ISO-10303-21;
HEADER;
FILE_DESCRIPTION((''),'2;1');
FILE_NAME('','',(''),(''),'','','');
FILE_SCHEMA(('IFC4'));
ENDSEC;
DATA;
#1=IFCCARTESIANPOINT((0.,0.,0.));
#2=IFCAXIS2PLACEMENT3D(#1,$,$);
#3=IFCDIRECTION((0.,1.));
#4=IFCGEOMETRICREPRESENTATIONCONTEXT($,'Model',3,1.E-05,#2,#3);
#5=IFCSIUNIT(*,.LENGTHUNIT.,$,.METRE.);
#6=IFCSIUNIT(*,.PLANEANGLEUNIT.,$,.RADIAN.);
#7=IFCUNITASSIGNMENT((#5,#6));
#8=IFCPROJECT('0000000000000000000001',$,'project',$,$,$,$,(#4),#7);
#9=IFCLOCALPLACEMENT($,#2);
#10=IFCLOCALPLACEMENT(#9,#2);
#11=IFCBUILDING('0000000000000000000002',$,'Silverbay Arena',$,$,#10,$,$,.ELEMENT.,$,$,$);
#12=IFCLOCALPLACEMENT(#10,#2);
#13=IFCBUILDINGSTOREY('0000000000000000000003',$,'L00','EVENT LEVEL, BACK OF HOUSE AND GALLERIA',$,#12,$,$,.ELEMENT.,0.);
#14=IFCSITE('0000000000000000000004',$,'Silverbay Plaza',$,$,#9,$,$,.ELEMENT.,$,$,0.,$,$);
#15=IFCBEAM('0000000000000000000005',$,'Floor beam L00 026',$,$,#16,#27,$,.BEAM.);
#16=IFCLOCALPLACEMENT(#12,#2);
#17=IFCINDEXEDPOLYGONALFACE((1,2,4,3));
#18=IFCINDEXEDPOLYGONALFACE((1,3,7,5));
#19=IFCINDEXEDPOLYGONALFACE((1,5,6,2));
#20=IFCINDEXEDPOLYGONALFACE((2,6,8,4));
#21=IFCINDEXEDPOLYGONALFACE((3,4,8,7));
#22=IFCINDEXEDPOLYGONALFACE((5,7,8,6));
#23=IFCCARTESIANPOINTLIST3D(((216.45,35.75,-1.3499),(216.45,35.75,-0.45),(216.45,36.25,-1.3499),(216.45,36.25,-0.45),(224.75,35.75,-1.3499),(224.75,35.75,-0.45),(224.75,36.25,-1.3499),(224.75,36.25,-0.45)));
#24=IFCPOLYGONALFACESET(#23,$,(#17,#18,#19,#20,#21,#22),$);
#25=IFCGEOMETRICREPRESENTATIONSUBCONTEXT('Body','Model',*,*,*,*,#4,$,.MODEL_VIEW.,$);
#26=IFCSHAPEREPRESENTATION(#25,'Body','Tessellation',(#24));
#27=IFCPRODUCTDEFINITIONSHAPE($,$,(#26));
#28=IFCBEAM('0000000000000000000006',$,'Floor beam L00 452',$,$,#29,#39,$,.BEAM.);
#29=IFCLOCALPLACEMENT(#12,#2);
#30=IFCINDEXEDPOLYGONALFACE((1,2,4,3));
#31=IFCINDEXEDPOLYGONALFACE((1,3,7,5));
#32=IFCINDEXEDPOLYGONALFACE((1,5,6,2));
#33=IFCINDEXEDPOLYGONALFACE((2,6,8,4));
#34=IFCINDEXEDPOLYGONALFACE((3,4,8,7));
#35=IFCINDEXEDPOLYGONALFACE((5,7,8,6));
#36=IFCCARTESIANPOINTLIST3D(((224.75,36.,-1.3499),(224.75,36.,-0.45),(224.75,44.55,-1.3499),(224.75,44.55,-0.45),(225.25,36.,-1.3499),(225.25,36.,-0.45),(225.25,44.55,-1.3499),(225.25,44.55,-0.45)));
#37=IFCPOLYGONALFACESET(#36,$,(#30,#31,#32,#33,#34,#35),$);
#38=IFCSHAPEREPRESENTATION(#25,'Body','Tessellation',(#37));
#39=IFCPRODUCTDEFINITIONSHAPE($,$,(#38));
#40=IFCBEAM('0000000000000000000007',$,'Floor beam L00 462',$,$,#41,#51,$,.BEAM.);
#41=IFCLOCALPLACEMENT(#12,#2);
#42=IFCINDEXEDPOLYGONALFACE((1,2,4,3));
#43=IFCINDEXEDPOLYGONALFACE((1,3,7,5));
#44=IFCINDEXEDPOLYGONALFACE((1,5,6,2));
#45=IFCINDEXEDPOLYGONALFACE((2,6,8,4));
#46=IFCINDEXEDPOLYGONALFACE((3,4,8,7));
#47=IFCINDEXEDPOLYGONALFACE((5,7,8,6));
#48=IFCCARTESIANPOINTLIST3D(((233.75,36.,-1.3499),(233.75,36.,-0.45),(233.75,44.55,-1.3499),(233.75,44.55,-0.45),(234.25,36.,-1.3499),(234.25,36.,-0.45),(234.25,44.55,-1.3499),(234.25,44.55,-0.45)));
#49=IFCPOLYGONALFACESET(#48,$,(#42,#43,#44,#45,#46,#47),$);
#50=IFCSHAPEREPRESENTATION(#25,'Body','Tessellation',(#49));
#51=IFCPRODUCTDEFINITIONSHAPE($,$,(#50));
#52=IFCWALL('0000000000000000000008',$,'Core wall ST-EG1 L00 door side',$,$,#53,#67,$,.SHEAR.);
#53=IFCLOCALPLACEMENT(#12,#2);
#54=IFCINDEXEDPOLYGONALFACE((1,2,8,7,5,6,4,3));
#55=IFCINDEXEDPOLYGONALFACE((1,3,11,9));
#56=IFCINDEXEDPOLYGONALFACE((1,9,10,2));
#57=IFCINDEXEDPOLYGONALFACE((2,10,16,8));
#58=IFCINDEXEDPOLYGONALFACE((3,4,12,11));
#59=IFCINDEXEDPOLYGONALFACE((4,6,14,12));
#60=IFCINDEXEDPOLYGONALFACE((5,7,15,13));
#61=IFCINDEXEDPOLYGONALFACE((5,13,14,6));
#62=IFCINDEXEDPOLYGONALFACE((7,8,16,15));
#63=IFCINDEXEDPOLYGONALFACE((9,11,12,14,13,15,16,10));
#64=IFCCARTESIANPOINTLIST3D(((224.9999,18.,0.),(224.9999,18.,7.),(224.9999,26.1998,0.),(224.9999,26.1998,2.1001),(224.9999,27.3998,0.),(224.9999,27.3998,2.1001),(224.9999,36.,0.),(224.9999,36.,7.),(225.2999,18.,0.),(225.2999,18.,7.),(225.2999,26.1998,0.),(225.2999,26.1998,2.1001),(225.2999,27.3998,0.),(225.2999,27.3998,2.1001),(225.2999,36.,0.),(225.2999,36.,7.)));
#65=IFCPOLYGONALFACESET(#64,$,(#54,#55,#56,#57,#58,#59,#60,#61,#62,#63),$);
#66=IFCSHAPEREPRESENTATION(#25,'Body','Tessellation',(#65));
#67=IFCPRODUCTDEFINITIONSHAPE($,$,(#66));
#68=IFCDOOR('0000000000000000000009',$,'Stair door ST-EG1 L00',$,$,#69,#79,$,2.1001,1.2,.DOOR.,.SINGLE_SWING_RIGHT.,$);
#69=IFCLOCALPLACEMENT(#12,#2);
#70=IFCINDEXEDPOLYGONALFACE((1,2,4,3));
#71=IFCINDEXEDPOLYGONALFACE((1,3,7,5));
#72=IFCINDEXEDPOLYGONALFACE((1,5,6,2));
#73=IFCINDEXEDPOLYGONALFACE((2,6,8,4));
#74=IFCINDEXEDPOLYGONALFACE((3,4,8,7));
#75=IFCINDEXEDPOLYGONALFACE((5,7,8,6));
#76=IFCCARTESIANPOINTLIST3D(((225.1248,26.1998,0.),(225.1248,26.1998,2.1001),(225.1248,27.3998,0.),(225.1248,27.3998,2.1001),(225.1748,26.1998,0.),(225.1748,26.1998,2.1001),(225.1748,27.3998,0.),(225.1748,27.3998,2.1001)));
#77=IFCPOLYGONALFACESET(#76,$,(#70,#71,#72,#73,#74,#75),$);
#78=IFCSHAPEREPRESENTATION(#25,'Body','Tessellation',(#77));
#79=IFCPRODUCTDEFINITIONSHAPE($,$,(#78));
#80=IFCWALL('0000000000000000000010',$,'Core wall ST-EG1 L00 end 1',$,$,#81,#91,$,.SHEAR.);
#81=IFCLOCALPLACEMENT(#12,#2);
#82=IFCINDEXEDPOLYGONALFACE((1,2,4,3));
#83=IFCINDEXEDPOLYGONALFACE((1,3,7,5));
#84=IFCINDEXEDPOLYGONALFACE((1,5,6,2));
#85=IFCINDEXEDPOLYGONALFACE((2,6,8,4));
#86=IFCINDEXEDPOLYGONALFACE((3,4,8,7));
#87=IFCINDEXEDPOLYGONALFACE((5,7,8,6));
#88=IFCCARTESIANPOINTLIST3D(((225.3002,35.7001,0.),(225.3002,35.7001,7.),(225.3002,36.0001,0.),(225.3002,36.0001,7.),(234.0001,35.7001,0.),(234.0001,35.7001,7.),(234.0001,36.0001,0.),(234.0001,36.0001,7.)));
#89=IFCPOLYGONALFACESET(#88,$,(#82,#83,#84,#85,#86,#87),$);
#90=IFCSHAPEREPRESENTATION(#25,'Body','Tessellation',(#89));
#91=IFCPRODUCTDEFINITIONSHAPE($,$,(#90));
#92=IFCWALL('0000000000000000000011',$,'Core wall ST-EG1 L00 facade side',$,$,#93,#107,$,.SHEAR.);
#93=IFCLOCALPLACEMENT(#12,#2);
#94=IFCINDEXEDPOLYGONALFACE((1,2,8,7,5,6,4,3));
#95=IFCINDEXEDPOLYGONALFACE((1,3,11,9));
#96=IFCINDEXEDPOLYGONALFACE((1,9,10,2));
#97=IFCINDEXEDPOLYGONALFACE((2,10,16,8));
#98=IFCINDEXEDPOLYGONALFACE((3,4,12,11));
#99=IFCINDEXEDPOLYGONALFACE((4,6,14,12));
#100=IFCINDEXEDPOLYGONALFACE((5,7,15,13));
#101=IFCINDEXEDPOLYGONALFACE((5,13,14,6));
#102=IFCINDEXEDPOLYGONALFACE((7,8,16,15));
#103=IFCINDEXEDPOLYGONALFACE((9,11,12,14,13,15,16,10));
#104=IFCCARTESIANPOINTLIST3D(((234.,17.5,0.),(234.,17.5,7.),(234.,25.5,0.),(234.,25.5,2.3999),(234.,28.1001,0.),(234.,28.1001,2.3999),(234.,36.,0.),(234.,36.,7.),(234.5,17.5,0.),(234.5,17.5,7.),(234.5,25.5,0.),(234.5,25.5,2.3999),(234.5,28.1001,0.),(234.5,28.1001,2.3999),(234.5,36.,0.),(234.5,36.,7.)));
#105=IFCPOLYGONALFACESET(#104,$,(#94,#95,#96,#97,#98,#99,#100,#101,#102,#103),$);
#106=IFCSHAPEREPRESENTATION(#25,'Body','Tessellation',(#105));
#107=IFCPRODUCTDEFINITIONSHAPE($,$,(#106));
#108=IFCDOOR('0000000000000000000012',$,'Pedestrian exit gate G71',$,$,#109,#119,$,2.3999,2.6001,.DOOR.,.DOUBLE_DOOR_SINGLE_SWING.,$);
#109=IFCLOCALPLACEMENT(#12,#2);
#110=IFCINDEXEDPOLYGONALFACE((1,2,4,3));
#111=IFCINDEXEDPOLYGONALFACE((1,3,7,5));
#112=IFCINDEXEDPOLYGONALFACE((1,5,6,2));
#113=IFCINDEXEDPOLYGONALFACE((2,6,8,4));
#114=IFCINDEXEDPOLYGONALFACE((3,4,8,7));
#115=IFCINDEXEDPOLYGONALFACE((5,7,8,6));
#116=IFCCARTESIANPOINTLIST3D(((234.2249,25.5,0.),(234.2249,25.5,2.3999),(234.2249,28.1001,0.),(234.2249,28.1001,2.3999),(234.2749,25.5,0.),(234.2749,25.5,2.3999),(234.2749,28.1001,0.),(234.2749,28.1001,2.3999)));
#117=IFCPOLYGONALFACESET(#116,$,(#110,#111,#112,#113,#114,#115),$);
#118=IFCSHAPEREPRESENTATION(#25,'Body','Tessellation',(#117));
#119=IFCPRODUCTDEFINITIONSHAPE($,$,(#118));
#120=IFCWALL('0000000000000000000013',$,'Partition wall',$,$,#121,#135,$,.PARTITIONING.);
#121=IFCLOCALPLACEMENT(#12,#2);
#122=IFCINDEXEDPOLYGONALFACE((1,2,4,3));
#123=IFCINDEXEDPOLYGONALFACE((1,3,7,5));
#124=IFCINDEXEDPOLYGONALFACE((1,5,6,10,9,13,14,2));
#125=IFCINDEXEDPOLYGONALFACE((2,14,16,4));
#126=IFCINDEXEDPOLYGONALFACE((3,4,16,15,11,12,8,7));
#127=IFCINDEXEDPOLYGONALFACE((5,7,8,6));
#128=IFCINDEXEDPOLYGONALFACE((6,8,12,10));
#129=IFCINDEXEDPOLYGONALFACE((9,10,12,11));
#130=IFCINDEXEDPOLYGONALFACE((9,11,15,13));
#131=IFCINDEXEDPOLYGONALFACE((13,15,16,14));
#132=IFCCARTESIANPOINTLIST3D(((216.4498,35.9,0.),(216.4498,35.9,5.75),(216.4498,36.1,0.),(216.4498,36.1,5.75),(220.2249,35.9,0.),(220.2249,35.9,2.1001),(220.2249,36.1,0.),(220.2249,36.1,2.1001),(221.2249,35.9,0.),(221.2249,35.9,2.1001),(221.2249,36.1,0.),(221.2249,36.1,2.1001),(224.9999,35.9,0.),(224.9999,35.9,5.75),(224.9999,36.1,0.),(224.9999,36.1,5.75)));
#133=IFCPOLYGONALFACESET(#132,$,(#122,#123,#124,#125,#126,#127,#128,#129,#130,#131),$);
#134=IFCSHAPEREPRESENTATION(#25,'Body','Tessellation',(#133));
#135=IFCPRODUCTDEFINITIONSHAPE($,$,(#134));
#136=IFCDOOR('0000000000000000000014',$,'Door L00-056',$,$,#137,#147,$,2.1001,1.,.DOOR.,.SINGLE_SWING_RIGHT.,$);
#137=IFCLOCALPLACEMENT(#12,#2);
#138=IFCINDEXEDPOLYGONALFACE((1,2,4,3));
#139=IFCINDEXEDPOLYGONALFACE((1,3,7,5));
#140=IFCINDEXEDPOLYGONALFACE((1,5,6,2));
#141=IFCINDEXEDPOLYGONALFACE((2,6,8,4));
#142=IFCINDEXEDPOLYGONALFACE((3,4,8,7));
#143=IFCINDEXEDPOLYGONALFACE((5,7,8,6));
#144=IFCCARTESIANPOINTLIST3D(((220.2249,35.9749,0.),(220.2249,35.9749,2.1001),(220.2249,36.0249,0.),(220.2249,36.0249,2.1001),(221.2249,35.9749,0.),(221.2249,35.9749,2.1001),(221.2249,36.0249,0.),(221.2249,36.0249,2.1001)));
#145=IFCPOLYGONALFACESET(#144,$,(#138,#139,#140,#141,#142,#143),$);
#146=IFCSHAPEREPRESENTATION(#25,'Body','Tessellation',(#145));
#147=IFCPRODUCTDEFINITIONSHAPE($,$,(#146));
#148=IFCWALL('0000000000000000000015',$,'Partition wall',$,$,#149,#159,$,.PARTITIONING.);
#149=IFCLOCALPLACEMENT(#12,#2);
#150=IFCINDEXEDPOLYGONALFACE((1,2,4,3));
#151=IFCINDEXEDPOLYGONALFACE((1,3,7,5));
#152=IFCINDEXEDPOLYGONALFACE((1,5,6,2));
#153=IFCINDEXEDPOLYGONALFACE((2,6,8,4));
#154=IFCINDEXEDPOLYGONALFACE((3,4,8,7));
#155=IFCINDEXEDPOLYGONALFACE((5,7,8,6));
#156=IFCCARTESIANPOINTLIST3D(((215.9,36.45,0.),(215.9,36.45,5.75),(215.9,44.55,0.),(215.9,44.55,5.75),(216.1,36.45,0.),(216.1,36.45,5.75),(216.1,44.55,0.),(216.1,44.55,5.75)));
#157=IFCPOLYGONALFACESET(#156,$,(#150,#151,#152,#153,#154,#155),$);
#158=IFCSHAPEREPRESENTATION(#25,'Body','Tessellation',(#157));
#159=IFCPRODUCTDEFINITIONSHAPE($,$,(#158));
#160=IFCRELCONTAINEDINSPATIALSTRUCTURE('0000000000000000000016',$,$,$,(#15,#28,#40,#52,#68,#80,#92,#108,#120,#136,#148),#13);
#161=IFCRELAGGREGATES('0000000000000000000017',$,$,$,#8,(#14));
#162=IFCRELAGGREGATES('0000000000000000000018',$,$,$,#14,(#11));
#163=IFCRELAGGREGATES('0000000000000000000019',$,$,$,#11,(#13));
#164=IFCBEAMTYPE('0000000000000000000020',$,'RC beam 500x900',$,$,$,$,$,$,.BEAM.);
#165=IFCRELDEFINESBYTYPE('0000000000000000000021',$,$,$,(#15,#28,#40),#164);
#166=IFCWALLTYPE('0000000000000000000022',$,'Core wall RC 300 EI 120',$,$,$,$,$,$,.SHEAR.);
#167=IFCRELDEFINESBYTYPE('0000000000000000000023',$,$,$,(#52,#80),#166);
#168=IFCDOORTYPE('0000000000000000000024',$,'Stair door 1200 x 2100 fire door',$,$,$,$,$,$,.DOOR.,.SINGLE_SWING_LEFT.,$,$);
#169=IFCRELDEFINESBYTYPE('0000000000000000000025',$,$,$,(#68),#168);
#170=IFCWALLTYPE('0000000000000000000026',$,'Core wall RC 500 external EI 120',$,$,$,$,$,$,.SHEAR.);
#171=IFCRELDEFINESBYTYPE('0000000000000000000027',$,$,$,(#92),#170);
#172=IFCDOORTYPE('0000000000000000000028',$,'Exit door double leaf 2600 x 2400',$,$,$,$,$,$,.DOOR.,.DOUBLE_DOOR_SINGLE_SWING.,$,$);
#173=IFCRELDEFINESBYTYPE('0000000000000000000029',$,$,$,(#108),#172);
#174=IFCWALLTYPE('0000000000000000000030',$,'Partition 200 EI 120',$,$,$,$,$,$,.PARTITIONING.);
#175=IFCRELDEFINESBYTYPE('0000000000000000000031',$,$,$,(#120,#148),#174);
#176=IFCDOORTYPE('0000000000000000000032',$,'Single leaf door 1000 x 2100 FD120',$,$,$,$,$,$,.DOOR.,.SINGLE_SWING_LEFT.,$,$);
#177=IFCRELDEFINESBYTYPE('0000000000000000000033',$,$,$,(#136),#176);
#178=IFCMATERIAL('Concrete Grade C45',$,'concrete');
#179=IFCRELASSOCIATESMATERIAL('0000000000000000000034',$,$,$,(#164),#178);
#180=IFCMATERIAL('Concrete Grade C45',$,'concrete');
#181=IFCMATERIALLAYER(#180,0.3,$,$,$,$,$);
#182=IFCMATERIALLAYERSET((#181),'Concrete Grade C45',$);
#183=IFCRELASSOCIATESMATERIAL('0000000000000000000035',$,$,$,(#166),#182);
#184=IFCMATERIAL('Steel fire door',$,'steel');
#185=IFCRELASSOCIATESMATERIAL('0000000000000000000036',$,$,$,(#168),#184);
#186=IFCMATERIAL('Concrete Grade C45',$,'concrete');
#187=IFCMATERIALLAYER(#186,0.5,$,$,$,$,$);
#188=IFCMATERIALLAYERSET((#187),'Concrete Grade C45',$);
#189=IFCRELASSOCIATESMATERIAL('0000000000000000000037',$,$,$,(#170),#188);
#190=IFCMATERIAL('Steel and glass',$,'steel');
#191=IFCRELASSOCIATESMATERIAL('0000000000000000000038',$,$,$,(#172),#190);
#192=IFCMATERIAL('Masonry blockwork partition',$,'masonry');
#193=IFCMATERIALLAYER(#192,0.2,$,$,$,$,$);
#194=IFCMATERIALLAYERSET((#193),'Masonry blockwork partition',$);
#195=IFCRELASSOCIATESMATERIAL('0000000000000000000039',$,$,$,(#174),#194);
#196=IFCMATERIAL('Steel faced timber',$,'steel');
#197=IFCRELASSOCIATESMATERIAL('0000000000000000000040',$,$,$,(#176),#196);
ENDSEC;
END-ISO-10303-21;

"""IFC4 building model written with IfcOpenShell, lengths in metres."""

from ifc_helpers import new_model, si_unit, direction, frame, frame_2d, origin, origin_2d, place, context, subcontext, project, spatial, rectangle, extrude, material, layer, layer_set, material_profile, profile_set, type_object, element, fill, save


model = new_model("IFC4")

# Units and contexts
model_context = context("Model", 3, precision=1e-05, world=origin(), true_north=direction((0.0, 1.0)))
body_context = subcontext(model_context, "Body", "Model", "MODEL_VIEW")
ifc_project = project(units=[si_unit("LENGTHUNIT", "METRE"), si_unit("PLANEANGLEUNIT", "RADIAN")], contexts=[model_context])

# Site, building, storey
site_placement = place(None, origin())
site = spatial("IfcSite", under=ifc_project, at=site_placement, Name="Silverbay Plaza", CompositionType="ELEMENT", RefElevation=0.0)
building_placement = place(site_placement, origin())
building = spatial("IfcBuilding", under=site, at=building_placement, Name="Silverbay Arena", CompositionType="ELEMENT")
storey_placement = place(building_placement, origin())
storey = spatial("IfcBuildingStorey", under=building, at=storey_placement, Name="L00", Description="EVENT LEVEL, BACK OF HOUSE AND GALLERIA", CompositionType="ELEMENT", Elevation=0.0)

# Beams
ifc_material_1 = material(Name="Concrete Grade C45", Category="concrete")
ifc_material_profile = material_profile(ifc_material_1, rectangle(XDim=0.5, YDim=0.8999, at=origin_2d()), Name="RC 500x900")
ifc_profile_set = profile_set([ifc_material_profile], Name="Concrete Grade C45")
beam_type = type_object("IfcBeamType", Name="RC beam 500x900", PredefinedType="BEAM", material=ifc_profile_set)
beam_placement = place(storey_placement, frame((216.45, 36.0, -0.8999), z_axis=(1.0, 0.0, 0.0), x_axis=(0.0, 1.0, 0.0)))
element("IfcBeam", 1, at=beam_placement, inside=storey, type_object=beam_type, Name="Floor beam L00 026", PredefinedType="BEAM", context=body_context, shape_type="SweptSolid", body=[
    extrude(rectangle(XDim=0.5, YDim=0.8999, at=origin_2d()), origin(), (0.0, 0.0, 1.0), 8.3),
])
for number, where, z_axis, x_axis, name in (
    (2, (225.0, 36.0, -0.8999), (0.0, 1.0, 0.0), (-1.0, 0.0, 0.0), "Floor beam L00 452"),
    (3, (234.0, 36.0, -0.8999), (0.0, 1.0, 0.0), (-1.0, 0.0, 0.0), "Floor beam L00 462"),
):
    element("IfcBeam", number, at=place(storey_placement, frame(where, z_axis=z_axis, x_axis=x_axis)), inside=storey, type_object=beam_type, Name=name, PredefinedType="BEAM", context=body_context, shape_type="SweptSolid", body=[
        extrude(rectangle(XDim=0.5, YDim=0.8999, at=origin_2d()), origin(), (0.0, 0.0, 1.0), 8.55),
    ])

# Wall, opening, door
ifc_material_2 = material(Name="Concrete Grade C45", Category="concrete")
ifc_layer_1 = layer(ifc_material_2, 0.3)
ifc_layer_set_1 = layer_set([ifc_layer_1], Name="Concrete Grade C45")
wall_type_1 = type_object("IfcWallType", Name="Core wall RC 300 EI 120", PredefinedType="SHEAR", material=ifc_layer_set_1)
wall_1_placement = place(storey_placement, frame((225.1499, 36.0, 0.0), z_axis=(0.0, 0.0, 1.0), x_axis=(0.0, -1.0, 0.0)))
wall_1 = element("IfcWall", 4, at=wall_1_placement, inside=storey, type_object=wall_type_1, Name="Core wall ST-EG1 L00 door side", PredefinedType="SHEAR", context=body_context, shape_type="SweptSolid", body=[
    extrude(rectangle(XDim=18.0, YDim=0.3, at=frame_2d((9.0, 0.0))), origin(), (0.0, 0.0, 1.0), 7.0),
])
opening_1_placement = place(wall_1_placement, frame((8.6001, 0.0, 0.0)))
opening_1 = element("IfcOpeningElement", 5, at=opening_1_placement, cuts=wall_1, PredefinedType="OPENING", context=body_context, shape_type="SweptSolid", body=[
    extrude(rectangle(XDim=1.2, YDim=2.1001, at=frame_2d((0.6001, 1.05))), frame((0.0, 0.1602, 0.0), z_axis=(0.0, -1.0, 0.0), x_axis=(1.0, 0.0, 0.0)), (0.0, 0.0, 1.0), 0.3201),
])
ifc_material_3 = material(Name="Steel fire door", Category="steel")
door_type_1 = type_object("IfcDoorType", Name="Stair door 1200 x 2100 fire door", OperationType="SINGLE_SWING_LEFT", PredefinedType="DOOR", material=ifc_material_3)
door_1_placement = place(opening_1_placement, origin())
door_1 = element("IfcDoor", 6, at=door_1_placement, inside=storey, type_object=door_type_1, Name="Stair door ST-EG1 L00", OperationType="SINGLE_SWING_RIGHT", OverallHeight=2.1001, OverallWidth=1.2, PredefinedType="DOOR", context=body_context, shape_type="SweptSolid", body=[
    extrude(rectangle(XDim=1.2, YDim=2.1001, at=frame_2d((0.6001, 1.05))), frame((0.0, 0.0249, 0.0), z_axis=(0.0, -1.0, 0.0), x_axis=(1.0, 0.0, 0.0)), (0.0, 0.0, 1.0), 0.05),
])
fill(opening_1, door_1)

# Wall
wall_2_placement = place(storey_placement, frame((225.3, 35.8501, 0.0), z_axis=(0.0, 0.0, 1.0), x_axis=(1.0, 0.0, 0.0)))
element("IfcWall", 7, at=wall_2_placement, inside=storey, type_object=wall_type_1, Name="Core wall ST-EG1 L00 end 1", PredefinedType="SHEAR", context=body_context, shape_type="SweptSolid", body=[
    extrude(rectangle(XDim=8.7, YDim=0.3, at=frame_2d((4.3501, 0.0))), origin(), (0.0, 0.0, 1.0), 7.0),
])

# Walls, openings, doors
ifc_material_4 = material(Name="Concrete Grade C45", Category="concrete")
ifc_layer_2 = layer(ifc_material_4, 0.5)
ifc_layer_set_2 = layer_set([ifc_layer_2], Name="Concrete Grade C45")
wall_type_2 = type_object("IfcWallType", Name="Core wall RC 500 external EI 120", PredefinedType="SHEAR", material=ifc_layer_set_2)
wall_3_placement = place(storey_placement, frame((234.25, 36.0, 0.0), z_axis=(0.0, 0.0, 1.0), x_axis=(0.0, -1.0, 0.0)))
wall_3 = element("IfcWall", 8, at=wall_3_placement, inside=storey, type_object=wall_type_2, Name="Core wall ST-EG1 L00 facade side", PredefinedType="SHEAR", context=body_context, shape_type="SweptSolid", body=[
    extrude(rectangle(XDim=18.5, YDim=0.5, at=frame_2d((9.25, 0.0))), origin(), (0.0, 0.0, 1.0), 7.0),
])
opening_2_placement = place(wall_3_placement, frame((7.8999, 0.0, 0.0)))
opening_2 = element("IfcOpeningElement", 9, at=opening_2_placement, cuts=wall_3, PredefinedType="OPENING", context=body_context, shape_type="SweptSolid", body=[
    extrude(rectangle(XDim=2.6001, YDim=2.3999, at=frame_2d((1.3, 1.2))), frame((0.0, 0.26, 0.0), z_axis=(0.0, -1.0, 0.0), x_axis=(1.0, 0.0, 0.0)), (0.0, 0.0, 1.0), 0.52),
])
ifc_material_5 = material(Name="Steel and glass", Category="steel")
door_type_2 = type_object("IfcDoorType", Name="Exit door double leaf 2600 x 2400", OperationType="DOUBLE_DOOR_SINGLE_SWING", PredefinedType="DOOR", material=ifc_material_5)
door_2_placement = place(opening_2_placement, origin())
door_2 = element("IfcDoor", 10, at=door_2_placement, inside=storey, type_object=door_type_2, Name="Pedestrian exit gate G71", OperationType="DOUBLE_DOOR_SINGLE_SWING", OverallHeight=2.3999, OverallWidth=2.6001, PredefinedType="DOOR", context=body_context, shape_type="SweptSolid", body=[
    extrude(rectangle(XDim=2.6001, YDim=2.3999, at=frame_2d((1.3, 1.2))), frame((0.0, 0.0249, 0.0), z_axis=(0.0, -1.0, 0.0), x_axis=(1.0, 0.0, 0.0)), (0.0, 0.0, 1.0), 0.05),
])
fill(opening_2, door_2)
ifc_material_6 = material(Name="Masonry blockwork partition", Category="masonry")
ifc_layer_3 = layer(ifc_material_6, 0.2)
ifc_layer_set_3 = layer_set([ifc_layer_3], Name="Masonry blockwork partition")
wall_type_3 = type_object("IfcWallType", Name="Partition 200 EI 120", PredefinedType="PARTITIONING", material=ifc_layer_set_3)
wall_4_placement = place(storey_placement, frame((216.45, 36.0, 0.0), z_axis=(0.0, 0.0, 1.0), x_axis=(1.0, 0.0, 0.0)))
wall_4 = element("IfcWall", 11, at=wall_4_placement, inside=storey, type_object=wall_type_3, Name="Partition wall", PredefinedType="PARTITIONING", context=body_context, shape_type="SweptSolid", body=[
    extrude(rectangle(XDim=8.55, YDim=0.2, at=frame_2d((4.2749, 0.0))), origin(), (0.0, 0.0, 1.0), 5.75),
])
opening_3_placement = place(wall_4_placement, frame((3.7749, 0.0, 0.0)))
opening_3 = element("IfcOpeningElement", 12, at=opening_3_placement, cuts=wall_4, PredefinedType="OPENING", context=body_context, shape_type="SweptSolid", body=[
    extrude(rectangle(XDim=1.0, YDim=2.1001, at=frame_2d((0.5, 1.05))), frame((0.0, 0.1099, 0.0), z_axis=(0.0, -1.0, 0.0), x_axis=(1.0, 0.0, 0.0)), (0.0, 0.0, 1.0), 0.22),
])
ifc_material_7 = material(Name="Steel faced timber", Category="steel")
door_type_3 = type_object("IfcDoorType", Name="Single leaf door 1000 x 2100 FD120", OperationType="SINGLE_SWING_LEFT", PredefinedType="DOOR", material=ifc_material_7)
door_3_placement = place(opening_3_placement, origin())
door_3 = element("IfcDoor", 13, at=door_3_placement, inside=storey, type_object=door_type_3, Name="Door L00-056", OperationType="SINGLE_SWING_RIGHT", OverallHeight=2.1001, OverallWidth=1.0, PredefinedType="DOOR", context=body_context, shape_type="SweptSolid", body=[
    extrude(rectangle(XDim=1.0, YDim=2.1001, at=frame_2d((0.5, 1.05))), frame((0.0, 0.0249, 0.0), z_axis=(0.0, -1.0, 0.0), x_axis=(1.0, 0.0, 0.0)), (0.0, 0.0, 1.0), 0.05),
])
fill(opening_3, door_3)

# Wall
wall_5_placement = place(storey_placement, frame((216.0, 36.45, 0.0), z_axis=(0.0, 0.0, 1.0), x_axis=(0.0, 1.0, 0.0)))
element("IfcWall", 14, at=wall_5_placement, inside=storey, type_object=wall_type_3, Name="Partition wall", PredefinedType="PARTITIONING", context=body_context, shape_type="SweptSolid", body=[
    extrude(rectangle(XDim=8.1001, YDim=0.2, at=frame_2d((4.05, 0.0))), origin(), (0.0, 0.0, 1.0), 5.75),
])

save(model, "model.ifc")
